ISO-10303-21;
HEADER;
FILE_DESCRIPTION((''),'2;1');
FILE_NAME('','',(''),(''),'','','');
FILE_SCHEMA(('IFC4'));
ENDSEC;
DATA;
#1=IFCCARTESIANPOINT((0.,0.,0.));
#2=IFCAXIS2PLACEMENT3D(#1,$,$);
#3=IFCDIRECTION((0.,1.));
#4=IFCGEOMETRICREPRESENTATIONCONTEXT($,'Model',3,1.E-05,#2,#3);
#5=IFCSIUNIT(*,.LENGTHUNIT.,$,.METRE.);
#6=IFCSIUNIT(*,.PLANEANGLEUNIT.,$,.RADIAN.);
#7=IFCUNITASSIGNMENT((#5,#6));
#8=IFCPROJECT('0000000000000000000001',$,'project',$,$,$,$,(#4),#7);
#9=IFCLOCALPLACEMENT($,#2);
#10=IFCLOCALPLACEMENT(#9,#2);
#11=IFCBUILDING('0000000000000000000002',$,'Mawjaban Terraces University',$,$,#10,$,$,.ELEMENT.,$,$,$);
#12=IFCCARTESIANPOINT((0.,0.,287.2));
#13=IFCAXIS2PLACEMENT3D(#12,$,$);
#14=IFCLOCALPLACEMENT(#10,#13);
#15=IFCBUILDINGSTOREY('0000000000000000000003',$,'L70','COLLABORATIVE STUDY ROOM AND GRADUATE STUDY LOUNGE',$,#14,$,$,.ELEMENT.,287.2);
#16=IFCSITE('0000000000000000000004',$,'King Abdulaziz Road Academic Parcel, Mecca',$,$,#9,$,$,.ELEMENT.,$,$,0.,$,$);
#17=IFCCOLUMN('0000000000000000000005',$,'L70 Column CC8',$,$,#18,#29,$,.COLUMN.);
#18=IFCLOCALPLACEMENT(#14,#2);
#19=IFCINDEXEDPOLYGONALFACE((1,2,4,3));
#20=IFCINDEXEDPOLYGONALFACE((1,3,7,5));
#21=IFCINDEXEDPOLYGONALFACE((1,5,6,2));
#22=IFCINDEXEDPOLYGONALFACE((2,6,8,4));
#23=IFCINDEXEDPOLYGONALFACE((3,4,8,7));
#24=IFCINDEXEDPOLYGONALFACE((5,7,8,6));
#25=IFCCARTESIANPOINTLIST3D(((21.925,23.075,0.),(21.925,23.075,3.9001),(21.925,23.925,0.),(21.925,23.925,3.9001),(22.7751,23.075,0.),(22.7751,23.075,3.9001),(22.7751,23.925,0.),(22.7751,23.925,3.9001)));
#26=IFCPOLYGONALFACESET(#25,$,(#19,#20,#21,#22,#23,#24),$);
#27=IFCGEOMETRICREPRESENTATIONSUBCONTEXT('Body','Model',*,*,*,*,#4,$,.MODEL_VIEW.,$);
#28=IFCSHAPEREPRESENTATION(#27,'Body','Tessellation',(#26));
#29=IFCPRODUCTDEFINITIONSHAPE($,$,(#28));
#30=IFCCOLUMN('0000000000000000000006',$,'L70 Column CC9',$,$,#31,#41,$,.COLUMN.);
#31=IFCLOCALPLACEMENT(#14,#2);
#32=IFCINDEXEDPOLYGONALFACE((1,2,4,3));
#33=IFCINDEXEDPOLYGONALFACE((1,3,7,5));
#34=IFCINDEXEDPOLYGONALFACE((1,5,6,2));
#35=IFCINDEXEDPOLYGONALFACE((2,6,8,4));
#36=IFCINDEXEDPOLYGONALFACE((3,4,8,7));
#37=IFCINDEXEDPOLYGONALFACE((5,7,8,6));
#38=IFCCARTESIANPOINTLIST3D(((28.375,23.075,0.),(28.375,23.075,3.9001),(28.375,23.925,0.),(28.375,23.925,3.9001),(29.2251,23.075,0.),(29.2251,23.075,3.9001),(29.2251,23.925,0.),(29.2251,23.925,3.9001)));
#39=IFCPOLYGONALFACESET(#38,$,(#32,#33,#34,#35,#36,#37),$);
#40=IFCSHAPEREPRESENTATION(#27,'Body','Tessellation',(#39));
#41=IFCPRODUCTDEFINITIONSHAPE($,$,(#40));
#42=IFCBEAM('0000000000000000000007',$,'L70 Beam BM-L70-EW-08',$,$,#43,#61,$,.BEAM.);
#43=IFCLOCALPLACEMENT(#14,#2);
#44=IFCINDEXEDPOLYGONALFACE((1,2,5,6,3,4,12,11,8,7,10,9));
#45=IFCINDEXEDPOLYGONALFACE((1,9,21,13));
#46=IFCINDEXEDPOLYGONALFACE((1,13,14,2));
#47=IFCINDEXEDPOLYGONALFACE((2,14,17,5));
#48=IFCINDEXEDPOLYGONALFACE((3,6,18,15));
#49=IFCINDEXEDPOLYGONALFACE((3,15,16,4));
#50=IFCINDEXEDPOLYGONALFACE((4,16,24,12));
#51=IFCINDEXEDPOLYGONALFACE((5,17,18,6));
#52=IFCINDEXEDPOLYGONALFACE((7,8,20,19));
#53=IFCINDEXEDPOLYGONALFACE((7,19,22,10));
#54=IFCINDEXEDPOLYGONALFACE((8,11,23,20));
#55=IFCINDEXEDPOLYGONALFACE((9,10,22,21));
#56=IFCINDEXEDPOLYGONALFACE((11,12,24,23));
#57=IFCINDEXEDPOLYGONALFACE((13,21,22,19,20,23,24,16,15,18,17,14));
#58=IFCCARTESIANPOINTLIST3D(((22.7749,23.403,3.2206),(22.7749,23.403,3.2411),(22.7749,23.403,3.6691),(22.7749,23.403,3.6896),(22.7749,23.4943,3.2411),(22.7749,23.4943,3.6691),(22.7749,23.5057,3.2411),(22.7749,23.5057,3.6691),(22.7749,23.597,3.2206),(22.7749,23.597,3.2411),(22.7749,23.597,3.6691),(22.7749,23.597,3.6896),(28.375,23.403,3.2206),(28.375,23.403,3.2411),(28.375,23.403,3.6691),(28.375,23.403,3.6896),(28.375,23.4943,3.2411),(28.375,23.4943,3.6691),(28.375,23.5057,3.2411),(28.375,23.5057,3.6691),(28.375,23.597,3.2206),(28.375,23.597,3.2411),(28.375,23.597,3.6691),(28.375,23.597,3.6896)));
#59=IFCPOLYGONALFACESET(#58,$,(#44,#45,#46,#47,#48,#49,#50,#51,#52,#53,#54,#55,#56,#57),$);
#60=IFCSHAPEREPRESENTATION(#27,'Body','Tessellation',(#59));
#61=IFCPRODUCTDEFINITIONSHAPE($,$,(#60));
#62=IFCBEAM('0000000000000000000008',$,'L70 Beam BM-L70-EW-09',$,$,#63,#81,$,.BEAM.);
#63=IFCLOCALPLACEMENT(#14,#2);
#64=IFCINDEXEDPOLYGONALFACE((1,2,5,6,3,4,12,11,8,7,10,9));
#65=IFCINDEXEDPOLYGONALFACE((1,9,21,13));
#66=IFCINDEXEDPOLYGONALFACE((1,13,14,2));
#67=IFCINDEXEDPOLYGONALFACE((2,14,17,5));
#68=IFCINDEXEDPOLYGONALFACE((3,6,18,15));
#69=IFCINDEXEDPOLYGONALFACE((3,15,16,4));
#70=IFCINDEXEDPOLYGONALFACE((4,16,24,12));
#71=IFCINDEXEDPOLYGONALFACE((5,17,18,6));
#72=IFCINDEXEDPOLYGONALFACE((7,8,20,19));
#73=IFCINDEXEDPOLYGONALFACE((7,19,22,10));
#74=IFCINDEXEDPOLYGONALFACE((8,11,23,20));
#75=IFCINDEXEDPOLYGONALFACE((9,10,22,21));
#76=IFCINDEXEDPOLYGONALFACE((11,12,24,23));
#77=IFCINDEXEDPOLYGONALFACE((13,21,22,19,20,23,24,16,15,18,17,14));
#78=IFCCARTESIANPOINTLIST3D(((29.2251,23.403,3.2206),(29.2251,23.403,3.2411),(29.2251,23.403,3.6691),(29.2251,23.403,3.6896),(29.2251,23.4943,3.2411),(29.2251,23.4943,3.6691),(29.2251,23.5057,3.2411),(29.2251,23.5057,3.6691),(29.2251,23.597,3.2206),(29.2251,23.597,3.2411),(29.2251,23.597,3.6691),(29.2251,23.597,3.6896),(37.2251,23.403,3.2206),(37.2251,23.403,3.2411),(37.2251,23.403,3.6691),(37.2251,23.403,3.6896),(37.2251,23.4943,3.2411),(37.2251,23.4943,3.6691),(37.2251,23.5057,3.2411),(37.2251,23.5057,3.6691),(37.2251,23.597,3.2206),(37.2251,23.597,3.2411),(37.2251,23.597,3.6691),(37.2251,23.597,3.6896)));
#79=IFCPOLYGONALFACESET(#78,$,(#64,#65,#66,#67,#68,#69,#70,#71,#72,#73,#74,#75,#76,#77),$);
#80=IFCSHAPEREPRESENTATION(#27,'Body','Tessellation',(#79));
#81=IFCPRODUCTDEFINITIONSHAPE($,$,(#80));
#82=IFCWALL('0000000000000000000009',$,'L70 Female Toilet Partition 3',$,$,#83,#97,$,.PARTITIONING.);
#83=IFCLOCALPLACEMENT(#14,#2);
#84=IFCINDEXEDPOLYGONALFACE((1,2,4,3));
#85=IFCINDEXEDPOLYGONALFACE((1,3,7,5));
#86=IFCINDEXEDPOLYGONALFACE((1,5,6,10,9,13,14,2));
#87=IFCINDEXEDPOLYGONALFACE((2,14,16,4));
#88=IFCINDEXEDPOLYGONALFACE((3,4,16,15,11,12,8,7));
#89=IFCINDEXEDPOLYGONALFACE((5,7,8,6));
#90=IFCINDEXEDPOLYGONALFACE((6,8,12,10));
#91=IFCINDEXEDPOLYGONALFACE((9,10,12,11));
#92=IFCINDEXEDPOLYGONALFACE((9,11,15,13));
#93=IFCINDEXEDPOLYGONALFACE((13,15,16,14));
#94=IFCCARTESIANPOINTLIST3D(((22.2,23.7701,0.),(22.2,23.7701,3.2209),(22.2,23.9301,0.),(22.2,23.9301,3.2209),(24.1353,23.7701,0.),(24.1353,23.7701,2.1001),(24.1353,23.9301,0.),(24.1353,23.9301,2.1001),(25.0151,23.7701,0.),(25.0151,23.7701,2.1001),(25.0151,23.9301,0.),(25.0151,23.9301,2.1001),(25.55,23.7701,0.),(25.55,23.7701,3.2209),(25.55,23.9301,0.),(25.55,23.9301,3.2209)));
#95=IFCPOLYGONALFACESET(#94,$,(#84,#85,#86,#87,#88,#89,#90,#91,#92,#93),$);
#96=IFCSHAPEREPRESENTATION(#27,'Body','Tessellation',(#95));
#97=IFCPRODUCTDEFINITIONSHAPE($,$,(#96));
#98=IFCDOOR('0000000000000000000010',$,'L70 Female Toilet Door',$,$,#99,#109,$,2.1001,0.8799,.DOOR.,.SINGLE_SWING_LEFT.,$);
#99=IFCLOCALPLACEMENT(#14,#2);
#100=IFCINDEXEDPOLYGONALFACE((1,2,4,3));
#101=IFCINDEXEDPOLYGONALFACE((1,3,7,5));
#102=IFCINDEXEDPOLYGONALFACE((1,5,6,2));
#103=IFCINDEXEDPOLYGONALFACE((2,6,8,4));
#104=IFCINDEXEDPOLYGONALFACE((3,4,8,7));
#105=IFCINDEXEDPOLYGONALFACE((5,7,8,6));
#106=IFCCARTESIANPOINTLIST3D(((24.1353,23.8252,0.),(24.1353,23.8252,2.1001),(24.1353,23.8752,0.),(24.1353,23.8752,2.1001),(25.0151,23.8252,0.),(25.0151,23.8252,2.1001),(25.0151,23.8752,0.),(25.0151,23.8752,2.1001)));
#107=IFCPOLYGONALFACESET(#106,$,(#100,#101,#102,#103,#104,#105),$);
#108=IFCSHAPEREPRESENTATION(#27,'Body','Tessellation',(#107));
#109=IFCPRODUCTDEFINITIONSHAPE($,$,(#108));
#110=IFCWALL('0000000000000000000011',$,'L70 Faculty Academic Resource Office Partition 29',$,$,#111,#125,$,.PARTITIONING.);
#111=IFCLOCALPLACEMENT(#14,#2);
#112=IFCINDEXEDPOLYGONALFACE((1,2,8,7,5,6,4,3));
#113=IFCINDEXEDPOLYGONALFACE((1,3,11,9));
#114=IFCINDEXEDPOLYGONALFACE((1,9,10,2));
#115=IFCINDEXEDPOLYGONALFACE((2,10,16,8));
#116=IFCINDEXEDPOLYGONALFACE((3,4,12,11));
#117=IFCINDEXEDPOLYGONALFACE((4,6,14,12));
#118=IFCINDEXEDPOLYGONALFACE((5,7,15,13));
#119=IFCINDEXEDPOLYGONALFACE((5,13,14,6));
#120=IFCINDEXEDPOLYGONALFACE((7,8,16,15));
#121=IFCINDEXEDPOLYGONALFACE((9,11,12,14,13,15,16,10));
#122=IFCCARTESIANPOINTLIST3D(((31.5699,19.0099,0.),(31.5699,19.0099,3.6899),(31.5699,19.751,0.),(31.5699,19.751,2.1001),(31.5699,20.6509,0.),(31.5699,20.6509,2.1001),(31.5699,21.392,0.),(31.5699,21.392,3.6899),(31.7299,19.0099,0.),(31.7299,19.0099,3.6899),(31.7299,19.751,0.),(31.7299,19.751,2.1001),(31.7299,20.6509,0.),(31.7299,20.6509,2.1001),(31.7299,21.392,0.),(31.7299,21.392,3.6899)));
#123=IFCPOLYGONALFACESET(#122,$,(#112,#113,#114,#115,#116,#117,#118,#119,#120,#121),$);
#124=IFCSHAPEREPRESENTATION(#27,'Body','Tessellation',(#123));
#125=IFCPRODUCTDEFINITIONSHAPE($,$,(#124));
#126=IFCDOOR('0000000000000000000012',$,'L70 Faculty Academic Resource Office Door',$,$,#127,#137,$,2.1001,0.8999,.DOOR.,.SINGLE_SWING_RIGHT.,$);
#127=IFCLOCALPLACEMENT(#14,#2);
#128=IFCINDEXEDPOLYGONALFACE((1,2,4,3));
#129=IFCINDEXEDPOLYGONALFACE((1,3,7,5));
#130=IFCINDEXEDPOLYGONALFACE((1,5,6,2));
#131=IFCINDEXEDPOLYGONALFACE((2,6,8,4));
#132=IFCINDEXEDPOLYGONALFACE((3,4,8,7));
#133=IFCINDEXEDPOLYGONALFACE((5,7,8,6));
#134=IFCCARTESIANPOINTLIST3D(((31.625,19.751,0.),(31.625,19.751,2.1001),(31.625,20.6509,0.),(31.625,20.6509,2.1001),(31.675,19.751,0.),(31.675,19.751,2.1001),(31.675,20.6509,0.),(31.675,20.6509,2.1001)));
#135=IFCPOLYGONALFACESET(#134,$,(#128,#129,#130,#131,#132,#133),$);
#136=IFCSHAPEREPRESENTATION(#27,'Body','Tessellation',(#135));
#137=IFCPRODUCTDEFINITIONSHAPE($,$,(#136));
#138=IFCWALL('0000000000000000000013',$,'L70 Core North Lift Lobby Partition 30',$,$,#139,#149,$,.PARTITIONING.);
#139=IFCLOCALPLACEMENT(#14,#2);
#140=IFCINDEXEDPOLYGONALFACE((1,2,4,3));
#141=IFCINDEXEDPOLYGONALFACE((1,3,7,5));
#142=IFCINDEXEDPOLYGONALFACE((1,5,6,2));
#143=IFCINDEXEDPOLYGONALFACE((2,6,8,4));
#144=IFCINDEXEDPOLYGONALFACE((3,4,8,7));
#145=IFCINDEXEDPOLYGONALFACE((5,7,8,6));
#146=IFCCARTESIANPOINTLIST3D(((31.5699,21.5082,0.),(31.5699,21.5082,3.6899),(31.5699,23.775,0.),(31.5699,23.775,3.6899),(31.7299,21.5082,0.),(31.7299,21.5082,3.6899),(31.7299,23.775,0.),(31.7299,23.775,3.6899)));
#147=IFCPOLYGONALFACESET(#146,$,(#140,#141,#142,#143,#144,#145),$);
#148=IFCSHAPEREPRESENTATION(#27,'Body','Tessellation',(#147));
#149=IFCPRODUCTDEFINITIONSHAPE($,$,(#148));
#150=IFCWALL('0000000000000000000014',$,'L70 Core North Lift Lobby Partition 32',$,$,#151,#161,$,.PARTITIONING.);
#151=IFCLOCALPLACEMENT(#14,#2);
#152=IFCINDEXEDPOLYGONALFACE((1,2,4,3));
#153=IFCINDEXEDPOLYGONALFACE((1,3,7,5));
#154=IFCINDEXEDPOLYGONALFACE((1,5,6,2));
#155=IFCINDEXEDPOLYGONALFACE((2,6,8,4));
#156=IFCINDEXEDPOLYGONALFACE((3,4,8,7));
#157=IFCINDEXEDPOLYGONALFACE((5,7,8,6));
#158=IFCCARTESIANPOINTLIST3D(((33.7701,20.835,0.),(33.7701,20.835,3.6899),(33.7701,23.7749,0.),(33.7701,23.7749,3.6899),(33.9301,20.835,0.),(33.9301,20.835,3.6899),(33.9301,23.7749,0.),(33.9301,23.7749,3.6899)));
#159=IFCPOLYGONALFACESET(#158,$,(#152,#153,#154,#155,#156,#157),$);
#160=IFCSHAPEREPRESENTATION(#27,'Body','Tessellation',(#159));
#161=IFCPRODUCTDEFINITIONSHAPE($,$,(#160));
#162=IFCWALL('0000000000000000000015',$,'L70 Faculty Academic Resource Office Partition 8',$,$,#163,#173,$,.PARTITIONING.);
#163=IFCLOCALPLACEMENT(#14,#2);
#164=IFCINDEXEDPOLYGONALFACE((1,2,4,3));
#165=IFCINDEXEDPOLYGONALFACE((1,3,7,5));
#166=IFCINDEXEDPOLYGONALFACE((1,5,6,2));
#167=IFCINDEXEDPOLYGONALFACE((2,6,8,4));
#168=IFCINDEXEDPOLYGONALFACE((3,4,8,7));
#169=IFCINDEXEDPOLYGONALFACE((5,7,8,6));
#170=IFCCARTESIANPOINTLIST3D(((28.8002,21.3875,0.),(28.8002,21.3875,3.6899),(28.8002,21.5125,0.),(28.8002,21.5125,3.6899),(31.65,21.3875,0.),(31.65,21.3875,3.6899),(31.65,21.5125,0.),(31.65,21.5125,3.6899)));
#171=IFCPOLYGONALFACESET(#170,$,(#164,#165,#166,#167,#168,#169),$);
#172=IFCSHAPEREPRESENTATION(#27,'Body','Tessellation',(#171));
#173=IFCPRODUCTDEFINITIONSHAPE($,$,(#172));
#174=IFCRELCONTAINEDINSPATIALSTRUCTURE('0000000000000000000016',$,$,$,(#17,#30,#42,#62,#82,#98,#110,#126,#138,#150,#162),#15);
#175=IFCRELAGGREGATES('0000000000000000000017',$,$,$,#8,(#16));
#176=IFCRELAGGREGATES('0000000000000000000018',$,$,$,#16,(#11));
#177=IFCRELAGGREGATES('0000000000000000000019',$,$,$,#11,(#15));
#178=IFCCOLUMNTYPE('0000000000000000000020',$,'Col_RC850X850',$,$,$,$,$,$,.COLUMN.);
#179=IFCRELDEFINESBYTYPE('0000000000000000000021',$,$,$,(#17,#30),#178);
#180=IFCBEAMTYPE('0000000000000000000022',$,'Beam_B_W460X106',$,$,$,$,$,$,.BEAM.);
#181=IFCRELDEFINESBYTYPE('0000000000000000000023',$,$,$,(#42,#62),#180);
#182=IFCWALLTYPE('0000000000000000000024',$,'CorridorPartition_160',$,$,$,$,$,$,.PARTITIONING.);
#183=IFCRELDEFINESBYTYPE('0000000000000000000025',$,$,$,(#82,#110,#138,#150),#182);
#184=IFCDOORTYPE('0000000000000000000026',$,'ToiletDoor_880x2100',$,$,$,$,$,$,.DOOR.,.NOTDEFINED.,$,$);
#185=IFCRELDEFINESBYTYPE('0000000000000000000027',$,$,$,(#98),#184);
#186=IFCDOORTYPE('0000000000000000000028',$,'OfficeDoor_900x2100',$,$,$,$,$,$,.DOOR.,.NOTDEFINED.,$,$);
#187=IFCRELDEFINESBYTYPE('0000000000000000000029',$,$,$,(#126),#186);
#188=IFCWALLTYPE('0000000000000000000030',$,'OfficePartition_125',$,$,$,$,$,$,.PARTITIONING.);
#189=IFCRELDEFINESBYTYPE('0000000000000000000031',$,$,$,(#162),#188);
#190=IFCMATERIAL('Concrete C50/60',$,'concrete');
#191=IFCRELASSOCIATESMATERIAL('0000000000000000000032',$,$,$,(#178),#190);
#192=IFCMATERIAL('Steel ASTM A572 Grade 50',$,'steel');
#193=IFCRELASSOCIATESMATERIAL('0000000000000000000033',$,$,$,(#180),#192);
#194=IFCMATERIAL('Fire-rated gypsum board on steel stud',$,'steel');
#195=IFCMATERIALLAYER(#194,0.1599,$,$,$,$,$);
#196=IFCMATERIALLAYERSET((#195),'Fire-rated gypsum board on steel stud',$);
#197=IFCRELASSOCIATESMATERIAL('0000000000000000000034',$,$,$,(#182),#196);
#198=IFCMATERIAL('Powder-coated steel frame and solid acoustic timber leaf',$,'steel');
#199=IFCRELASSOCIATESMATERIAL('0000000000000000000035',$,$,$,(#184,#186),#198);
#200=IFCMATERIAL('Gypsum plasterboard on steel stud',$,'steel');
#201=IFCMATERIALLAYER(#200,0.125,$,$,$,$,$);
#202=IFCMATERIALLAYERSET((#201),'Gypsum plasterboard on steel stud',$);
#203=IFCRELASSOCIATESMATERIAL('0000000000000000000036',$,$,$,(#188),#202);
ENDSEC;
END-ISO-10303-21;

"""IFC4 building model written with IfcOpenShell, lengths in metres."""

from ifc_helpers import new_model, si_unit, direction, frame, frame_2d, origin, origin_2d, place, context, subcontext, project, spatial, rectangle, i_section, extrude, material, layer, layer_set, material_profile, profile_set, type_object, element, fill, save


model = new_model("IFC4")

# Units and contexts
model_context = context("Model", 3, precision=1e-05, world=origin(), true_north=direction((0.0, 1.0)))
body_context = subcontext(model_context, "Body", "Model", "MODEL_VIEW")
ifc_project = project(units=[si_unit("LENGTHUNIT", "METRE"), si_unit("PLANEANGLEUNIT", "RADIAN")], contexts=[model_context])

# Site, building, storey
site_placement = place(None, origin())
site = spatial("IfcSite", under=ifc_project, at=site_placement, Name="King Abdulaziz Road Academic Parcel, Mecca", CompositionType="ELEMENT", RefElevation=0.0)
building_placement = place(site_placement, origin())
building = spatial("IfcBuilding", under=site, at=building_placement, Name="Mawjaban Terraces University", CompositionType="ELEMENT")
storey_placement = place(building_placement, frame((0.0, 0.0, 287.2)))
storey = spatial("IfcBuildingStorey", under=building, at=storey_placement, Name="L70", Description="COLLABORATIVE STUDY ROOM AND GRADUATE STUDY LOUNGE", CompositionType="ELEMENT", Elevation=287.2)

# Columns
ifc_material_1 = material(Name="Concrete C50/60", Category="concrete")
ifc_material_profile_1 = material_profile(ifc_material_1, rectangle(XDim=0.8501, YDim=0.8501, at=origin_2d()), Name="RC850X850")
ifc_profile_set_1 = profile_set([ifc_material_profile_1], Name="Concrete C50/60")
column_type = type_object("IfcColumnType", Name="Col_RC850X850", PredefinedType="COLUMN", material=ifc_profile_set_1)
for number, where, z_axis, x_axis, name in (
    (1, (22.3501, 23.5, 0.0), (0.0, 0.0, 1.0), (1.0, 0.0, 0.0), "L70 Column CC8"),
    (2, (28.8, 23.5, 0.0), (0.0, 0.0, 1.0), (1.0, 0.0, 0.0), "L70 Column CC9"),
):
    element("IfcColumn", number, at=place(storey_placement, frame(where, z_axis=z_axis, x_axis=x_axis)), inside=storey, type_object=column_type, Name=name, PredefinedType="COLUMN", context=body_context, shape_type="SweptSolid", body=[
        extrude(rectangle(XDim=0.8501, YDim=0.8501, at=origin_2d()), origin(), (0.0, 0.0, 1.0), 3.9001),
    ])

# Beams
ifc_material_2 = material(Name="Steel ASTM A572 Grade 50", Category="steel")
ifc_material_profile_2 = material_profile(ifc_material_2, i_section(OverallWidth=0.1941, OverallDepth=0.469, WebThickness=0.0115, FlangeThickness=0.0205, at=origin_2d()), Name="W460X106")
ifc_profile_set_2 = profile_set([ifc_material_profile_2], Name="Steel ASTM A572 Grade 50")
beam_type = type_object("IfcBeamType", Name="Beam_B_W460X106", PredefinedType="BEAM", material=ifc_profile_set_2)
beam_1_placement = place(storey_placement, frame((22.7749, 23.5, 3.4551), z_axis=(1.0, 0.0, 0.0), x_axis=(0.0, 1.0, 0.0)))
element("IfcBeam", 3, at=beam_1_placement, inside=storey, type_object=beam_type, Name="L70 Beam BM-L70-EW-08", PredefinedType="BEAM", context=body_context, shape_type="SweptSolid", body=[
    extrude(i_section(OverallWidth=0.1941, OverallDepth=0.469, WebThickness=0.0115, FlangeThickness=0.0205, at=origin_2d()), origin(), (0.0, 0.0, 1.0), 5.6001),
])
beam_2_placement = place(storey_placement, frame((29.2251, 23.5, 3.4551), z_axis=(1.0, 0.0, 0.0), x_axis=(0.0, 1.0, 0.0)))
element("IfcBeam", 4, at=beam_2_placement, inside=storey, type_object=beam_type, Name="L70 Beam BM-L70-EW-09", PredefinedType="BEAM", context=body_context, shape_type="SweptSolid", body=[
    extrude(i_section(OverallWidth=0.1941, OverallDepth=0.469, WebThickness=0.0115, FlangeThickness=0.0205, at=origin_2d()), origin(), (0.0, 0.0, 1.0), 8.0),
])

# Walls, openings, doors
ifc_material_3 = material(Name="Fire-rated gypsum board on steel stud", Category="steel")
ifc_layer_1 = layer(ifc_material_3, 0.1599)
ifc_layer_set_1 = layer_set([ifc_layer_1], Name="Fire-rated gypsum board on steel stud")
wall_type_1 = type_object("IfcWallType", Name="CorridorPartition_160", PredefinedType="PARTITIONING", material=ifc_layer_set_1)
wall_1_placement = place(storey_placement, frame((25.55, 23.8501, 0.0), z_axis=(0.0, 0.0, 1.0), x_axis=(-1.0, 0.0, 0.0)))
wall_1 = element("IfcWall", 5, at=wall_1_placement, inside=storey, type_object=wall_type_1, Name="L70 Female Toilet Partition 3", PredefinedType="PARTITIONING", context=body_context, shape_type="SweptSolid", body=[
    extrude(rectangle(XDim=3.3501, YDim=0.1599, at=frame_2d((1.675, 0.0))), origin(), (0.0, 0.0, 1.0), 3.2209),
])
opening_1_placement = place(wall_1_placement, frame((0.5349, 0.0, 0.0)))
opening_1 = element("IfcOpeningElement", 6, at=opening_1_placement, cuts=wall_1, PredefinedType="OPENING", context=body_context, shape_type="SweptSolid", body=[
    extrude(rectangle(XDim=0.8799, YDim=2.1001, at=frame_2d((0.4399, 1.05))), frame((0.0, 0.0898, 0.0), z_axis=(0.0, -1.0, 0.0), x_axis=(1.0, 0.0, 0.0)), (0.0, 0.0, 1.0), 0.1799),
])
ifc_material_4 = material(Name="Powder-coated steel frame and solid acoustic timber leaf", Category="steel")
door_type_1 = type_object("IfcDoorType", Name="ToiletDoor_880x2100", OperationType="NOTDEFINED", PredefinedType="DOOR", material=ifc_material_4)
door_1_placement = place(opening_1_placement, origin())
door_1 = element("IfcDoor", 7, at=door_1_placement, inside=storey, type_object=door_type_1, Name="L70 Female Toilet Door", OperationType="SINGLE_SWING_LEFT", OverallHeight=2.1001, OverallWidth=0.8799, PredefinedType="DOOR", context=body_context, shape_type="SweptSolid", body=[
    extrude(rectangle(XDim=0.8799, YDim=2.1001, at=frame_2d((0.4399, 1.05))), frame((0.0, 0.0249, 0.0), z_axis=(0.0, -1.0, 0.0), x_axis=(1.0, 0.0, 0.0)), (0.0, 0.0, 1.0), 0.05),
])
fill(opening_1, door_1)
wall_2_placement = place(storey_placement, frame((31.6499, 19.01, 0.0), z_axis=(0.0, 0.0, 1.0), x_axis=(0.0, 1.0, 0.0)))
wall_2 = element("IfcWall", 8, at=wall_2_placement, inside=storey, type_object=wall_type_1, Name="L70 Faculty Academic Resource Office Partition 29", PredefinedType="PARTITIONING", context=body_context, shape_type="SweptSolid", body=[
    extrude(rectangle(XDim=2.3821, YDim=0.1599, at=frame_2d((1.1909, 0.0))), origin(), (0.0, 0.0, 1.0), 3.6899),
])
opening_2_placement = place(wall_2_placement, frame((0.741, 0.0, 0.0)))
opening_2 = element("IfcOpeningElement", 9, at=opening_2_placement, cuts=wall_2, PredefinedType="OPENING", context=body_context, shape_type="SweptSolid", body=[
    extrude(rectangle(XDim=0.8999, YDim=2.1001, at=frame_2d((0.45, 1.05))), frame((0.0, 0.0898, 0.0), z_axis=(0.0, -1.0, 0.0), x_axis=(1.0, 0.0, 0.0)), (0.0, 0.0, 1.0), 0.1799),
])
door_type_2 = type_object("IfcDoorType", Name="OfficeDoor_900x2100", OperationType="NOTDEFINED", PredefinedType="DOOR", material=ifc_material_4)
door_2_placement = place(opening_2_placement, origin())
door_2 = element("IfcDoor", 10, at=door_2_placement, inside=storey, type_object=door_type_2, Name="L70 Faculty Academic Resource Office Door", OperationType="SINGLE_SWING_RIGHT", OverallHeight=2.1001, OverallWidth=0.8999, PredefinedType="DOOR", context=body_context, shape_type="SweptSolid", body=[
    extrude(rectangle(XDim=0.8999, YDim=2.1001, at=frame_2d((0.45, 1.05))), frame((0.0, 0.0249, 0.0), z_axis=(0.0, -1.0, 0.0), x_axis=(1.0, 0.0, 0.0)), (0.0, 0.0, 1.0), 0.05),
])
fill(opening_2, door_2)

# Walls
wall_3_placement = place(storey_placement, frame((31.6499, 23.7749, 0.0), z_axis=(0.0, 0.0, 1.0), x_axis=(0.0, -1.0, 0.0)))
element("IfcWall", 11, at=wall_3_placement, inside=storey, type_object=wall_type_1, Name="L70 Core North Lift Lobby Partition 30", PredefinedType="PARTITIONING", context=body_context, shape_type="SweptSolid", body=[
    extrude(rectangle(XDim=2.2668, YDim=0.1599, at=frame_2d((1.1333, 0.0))), origin(), (0.0, 0.0, 1.0), 3.6899),
])
wall_4_placement = place(storey_placement, frame((33.8501, 20.835, 0.0), z_axis=(0.0, 0.0, 1.0), x_axis=(0.0, 1.0, 0.0)))
element("IfcWall", 12, at=wall_4_placement, inside=storey, type_object=wall_type_1, Name="L70 Core North Lift Lobby Partition 32", PredefinedType="PARTITIONING", context=body_context, shape_type="SweptSolid", body=[
    extrude(rectangle(XDim=2.9399, YDim=0.1599, at=frame_2d((1.47, 0.0))), origin(), (0.0, 0.0, 1.0), 3.6899),
])
ifc_material_5 = material(Name="Gypsum plasterboard on steel stud", Category="steel")
ifc_layer_2 = layer(ifc_material_5, 0.125)
ifc_layer_set_2 = layer_set([ifc_layer_2], Name="Gypsum plasterboard on steel stud")
wall_type_2 = type_object("IfcWallType", Name="OfficePartition_125", PredefinedType="PARTITIONING", material=ifc_layer_set_2)
wall_5_placement = place(storey_placement, frame((31.6499, 21.45, 0.0), z_axis=(0.0, 0.0, 1.0), x_axis=(-1.0, 0.0, 0.0)))
element("IfcWall", 13, at=wall_5_placement, inside=storey, type_object=wall_type_2, Name="L70 Faculty Academic Resource Office Partition 8", PredefinedType="PARTITIONING", context=body_context, shape_type="SweptSolid", body=[
    extrude(rectangle(XDim=2.8499, YDim=0.125, at=frame_2d((1.4248, 0.0))), origin(), (0.0, 0.0, 1.0), 3.6899),
])

save(model, "model.ifc")
